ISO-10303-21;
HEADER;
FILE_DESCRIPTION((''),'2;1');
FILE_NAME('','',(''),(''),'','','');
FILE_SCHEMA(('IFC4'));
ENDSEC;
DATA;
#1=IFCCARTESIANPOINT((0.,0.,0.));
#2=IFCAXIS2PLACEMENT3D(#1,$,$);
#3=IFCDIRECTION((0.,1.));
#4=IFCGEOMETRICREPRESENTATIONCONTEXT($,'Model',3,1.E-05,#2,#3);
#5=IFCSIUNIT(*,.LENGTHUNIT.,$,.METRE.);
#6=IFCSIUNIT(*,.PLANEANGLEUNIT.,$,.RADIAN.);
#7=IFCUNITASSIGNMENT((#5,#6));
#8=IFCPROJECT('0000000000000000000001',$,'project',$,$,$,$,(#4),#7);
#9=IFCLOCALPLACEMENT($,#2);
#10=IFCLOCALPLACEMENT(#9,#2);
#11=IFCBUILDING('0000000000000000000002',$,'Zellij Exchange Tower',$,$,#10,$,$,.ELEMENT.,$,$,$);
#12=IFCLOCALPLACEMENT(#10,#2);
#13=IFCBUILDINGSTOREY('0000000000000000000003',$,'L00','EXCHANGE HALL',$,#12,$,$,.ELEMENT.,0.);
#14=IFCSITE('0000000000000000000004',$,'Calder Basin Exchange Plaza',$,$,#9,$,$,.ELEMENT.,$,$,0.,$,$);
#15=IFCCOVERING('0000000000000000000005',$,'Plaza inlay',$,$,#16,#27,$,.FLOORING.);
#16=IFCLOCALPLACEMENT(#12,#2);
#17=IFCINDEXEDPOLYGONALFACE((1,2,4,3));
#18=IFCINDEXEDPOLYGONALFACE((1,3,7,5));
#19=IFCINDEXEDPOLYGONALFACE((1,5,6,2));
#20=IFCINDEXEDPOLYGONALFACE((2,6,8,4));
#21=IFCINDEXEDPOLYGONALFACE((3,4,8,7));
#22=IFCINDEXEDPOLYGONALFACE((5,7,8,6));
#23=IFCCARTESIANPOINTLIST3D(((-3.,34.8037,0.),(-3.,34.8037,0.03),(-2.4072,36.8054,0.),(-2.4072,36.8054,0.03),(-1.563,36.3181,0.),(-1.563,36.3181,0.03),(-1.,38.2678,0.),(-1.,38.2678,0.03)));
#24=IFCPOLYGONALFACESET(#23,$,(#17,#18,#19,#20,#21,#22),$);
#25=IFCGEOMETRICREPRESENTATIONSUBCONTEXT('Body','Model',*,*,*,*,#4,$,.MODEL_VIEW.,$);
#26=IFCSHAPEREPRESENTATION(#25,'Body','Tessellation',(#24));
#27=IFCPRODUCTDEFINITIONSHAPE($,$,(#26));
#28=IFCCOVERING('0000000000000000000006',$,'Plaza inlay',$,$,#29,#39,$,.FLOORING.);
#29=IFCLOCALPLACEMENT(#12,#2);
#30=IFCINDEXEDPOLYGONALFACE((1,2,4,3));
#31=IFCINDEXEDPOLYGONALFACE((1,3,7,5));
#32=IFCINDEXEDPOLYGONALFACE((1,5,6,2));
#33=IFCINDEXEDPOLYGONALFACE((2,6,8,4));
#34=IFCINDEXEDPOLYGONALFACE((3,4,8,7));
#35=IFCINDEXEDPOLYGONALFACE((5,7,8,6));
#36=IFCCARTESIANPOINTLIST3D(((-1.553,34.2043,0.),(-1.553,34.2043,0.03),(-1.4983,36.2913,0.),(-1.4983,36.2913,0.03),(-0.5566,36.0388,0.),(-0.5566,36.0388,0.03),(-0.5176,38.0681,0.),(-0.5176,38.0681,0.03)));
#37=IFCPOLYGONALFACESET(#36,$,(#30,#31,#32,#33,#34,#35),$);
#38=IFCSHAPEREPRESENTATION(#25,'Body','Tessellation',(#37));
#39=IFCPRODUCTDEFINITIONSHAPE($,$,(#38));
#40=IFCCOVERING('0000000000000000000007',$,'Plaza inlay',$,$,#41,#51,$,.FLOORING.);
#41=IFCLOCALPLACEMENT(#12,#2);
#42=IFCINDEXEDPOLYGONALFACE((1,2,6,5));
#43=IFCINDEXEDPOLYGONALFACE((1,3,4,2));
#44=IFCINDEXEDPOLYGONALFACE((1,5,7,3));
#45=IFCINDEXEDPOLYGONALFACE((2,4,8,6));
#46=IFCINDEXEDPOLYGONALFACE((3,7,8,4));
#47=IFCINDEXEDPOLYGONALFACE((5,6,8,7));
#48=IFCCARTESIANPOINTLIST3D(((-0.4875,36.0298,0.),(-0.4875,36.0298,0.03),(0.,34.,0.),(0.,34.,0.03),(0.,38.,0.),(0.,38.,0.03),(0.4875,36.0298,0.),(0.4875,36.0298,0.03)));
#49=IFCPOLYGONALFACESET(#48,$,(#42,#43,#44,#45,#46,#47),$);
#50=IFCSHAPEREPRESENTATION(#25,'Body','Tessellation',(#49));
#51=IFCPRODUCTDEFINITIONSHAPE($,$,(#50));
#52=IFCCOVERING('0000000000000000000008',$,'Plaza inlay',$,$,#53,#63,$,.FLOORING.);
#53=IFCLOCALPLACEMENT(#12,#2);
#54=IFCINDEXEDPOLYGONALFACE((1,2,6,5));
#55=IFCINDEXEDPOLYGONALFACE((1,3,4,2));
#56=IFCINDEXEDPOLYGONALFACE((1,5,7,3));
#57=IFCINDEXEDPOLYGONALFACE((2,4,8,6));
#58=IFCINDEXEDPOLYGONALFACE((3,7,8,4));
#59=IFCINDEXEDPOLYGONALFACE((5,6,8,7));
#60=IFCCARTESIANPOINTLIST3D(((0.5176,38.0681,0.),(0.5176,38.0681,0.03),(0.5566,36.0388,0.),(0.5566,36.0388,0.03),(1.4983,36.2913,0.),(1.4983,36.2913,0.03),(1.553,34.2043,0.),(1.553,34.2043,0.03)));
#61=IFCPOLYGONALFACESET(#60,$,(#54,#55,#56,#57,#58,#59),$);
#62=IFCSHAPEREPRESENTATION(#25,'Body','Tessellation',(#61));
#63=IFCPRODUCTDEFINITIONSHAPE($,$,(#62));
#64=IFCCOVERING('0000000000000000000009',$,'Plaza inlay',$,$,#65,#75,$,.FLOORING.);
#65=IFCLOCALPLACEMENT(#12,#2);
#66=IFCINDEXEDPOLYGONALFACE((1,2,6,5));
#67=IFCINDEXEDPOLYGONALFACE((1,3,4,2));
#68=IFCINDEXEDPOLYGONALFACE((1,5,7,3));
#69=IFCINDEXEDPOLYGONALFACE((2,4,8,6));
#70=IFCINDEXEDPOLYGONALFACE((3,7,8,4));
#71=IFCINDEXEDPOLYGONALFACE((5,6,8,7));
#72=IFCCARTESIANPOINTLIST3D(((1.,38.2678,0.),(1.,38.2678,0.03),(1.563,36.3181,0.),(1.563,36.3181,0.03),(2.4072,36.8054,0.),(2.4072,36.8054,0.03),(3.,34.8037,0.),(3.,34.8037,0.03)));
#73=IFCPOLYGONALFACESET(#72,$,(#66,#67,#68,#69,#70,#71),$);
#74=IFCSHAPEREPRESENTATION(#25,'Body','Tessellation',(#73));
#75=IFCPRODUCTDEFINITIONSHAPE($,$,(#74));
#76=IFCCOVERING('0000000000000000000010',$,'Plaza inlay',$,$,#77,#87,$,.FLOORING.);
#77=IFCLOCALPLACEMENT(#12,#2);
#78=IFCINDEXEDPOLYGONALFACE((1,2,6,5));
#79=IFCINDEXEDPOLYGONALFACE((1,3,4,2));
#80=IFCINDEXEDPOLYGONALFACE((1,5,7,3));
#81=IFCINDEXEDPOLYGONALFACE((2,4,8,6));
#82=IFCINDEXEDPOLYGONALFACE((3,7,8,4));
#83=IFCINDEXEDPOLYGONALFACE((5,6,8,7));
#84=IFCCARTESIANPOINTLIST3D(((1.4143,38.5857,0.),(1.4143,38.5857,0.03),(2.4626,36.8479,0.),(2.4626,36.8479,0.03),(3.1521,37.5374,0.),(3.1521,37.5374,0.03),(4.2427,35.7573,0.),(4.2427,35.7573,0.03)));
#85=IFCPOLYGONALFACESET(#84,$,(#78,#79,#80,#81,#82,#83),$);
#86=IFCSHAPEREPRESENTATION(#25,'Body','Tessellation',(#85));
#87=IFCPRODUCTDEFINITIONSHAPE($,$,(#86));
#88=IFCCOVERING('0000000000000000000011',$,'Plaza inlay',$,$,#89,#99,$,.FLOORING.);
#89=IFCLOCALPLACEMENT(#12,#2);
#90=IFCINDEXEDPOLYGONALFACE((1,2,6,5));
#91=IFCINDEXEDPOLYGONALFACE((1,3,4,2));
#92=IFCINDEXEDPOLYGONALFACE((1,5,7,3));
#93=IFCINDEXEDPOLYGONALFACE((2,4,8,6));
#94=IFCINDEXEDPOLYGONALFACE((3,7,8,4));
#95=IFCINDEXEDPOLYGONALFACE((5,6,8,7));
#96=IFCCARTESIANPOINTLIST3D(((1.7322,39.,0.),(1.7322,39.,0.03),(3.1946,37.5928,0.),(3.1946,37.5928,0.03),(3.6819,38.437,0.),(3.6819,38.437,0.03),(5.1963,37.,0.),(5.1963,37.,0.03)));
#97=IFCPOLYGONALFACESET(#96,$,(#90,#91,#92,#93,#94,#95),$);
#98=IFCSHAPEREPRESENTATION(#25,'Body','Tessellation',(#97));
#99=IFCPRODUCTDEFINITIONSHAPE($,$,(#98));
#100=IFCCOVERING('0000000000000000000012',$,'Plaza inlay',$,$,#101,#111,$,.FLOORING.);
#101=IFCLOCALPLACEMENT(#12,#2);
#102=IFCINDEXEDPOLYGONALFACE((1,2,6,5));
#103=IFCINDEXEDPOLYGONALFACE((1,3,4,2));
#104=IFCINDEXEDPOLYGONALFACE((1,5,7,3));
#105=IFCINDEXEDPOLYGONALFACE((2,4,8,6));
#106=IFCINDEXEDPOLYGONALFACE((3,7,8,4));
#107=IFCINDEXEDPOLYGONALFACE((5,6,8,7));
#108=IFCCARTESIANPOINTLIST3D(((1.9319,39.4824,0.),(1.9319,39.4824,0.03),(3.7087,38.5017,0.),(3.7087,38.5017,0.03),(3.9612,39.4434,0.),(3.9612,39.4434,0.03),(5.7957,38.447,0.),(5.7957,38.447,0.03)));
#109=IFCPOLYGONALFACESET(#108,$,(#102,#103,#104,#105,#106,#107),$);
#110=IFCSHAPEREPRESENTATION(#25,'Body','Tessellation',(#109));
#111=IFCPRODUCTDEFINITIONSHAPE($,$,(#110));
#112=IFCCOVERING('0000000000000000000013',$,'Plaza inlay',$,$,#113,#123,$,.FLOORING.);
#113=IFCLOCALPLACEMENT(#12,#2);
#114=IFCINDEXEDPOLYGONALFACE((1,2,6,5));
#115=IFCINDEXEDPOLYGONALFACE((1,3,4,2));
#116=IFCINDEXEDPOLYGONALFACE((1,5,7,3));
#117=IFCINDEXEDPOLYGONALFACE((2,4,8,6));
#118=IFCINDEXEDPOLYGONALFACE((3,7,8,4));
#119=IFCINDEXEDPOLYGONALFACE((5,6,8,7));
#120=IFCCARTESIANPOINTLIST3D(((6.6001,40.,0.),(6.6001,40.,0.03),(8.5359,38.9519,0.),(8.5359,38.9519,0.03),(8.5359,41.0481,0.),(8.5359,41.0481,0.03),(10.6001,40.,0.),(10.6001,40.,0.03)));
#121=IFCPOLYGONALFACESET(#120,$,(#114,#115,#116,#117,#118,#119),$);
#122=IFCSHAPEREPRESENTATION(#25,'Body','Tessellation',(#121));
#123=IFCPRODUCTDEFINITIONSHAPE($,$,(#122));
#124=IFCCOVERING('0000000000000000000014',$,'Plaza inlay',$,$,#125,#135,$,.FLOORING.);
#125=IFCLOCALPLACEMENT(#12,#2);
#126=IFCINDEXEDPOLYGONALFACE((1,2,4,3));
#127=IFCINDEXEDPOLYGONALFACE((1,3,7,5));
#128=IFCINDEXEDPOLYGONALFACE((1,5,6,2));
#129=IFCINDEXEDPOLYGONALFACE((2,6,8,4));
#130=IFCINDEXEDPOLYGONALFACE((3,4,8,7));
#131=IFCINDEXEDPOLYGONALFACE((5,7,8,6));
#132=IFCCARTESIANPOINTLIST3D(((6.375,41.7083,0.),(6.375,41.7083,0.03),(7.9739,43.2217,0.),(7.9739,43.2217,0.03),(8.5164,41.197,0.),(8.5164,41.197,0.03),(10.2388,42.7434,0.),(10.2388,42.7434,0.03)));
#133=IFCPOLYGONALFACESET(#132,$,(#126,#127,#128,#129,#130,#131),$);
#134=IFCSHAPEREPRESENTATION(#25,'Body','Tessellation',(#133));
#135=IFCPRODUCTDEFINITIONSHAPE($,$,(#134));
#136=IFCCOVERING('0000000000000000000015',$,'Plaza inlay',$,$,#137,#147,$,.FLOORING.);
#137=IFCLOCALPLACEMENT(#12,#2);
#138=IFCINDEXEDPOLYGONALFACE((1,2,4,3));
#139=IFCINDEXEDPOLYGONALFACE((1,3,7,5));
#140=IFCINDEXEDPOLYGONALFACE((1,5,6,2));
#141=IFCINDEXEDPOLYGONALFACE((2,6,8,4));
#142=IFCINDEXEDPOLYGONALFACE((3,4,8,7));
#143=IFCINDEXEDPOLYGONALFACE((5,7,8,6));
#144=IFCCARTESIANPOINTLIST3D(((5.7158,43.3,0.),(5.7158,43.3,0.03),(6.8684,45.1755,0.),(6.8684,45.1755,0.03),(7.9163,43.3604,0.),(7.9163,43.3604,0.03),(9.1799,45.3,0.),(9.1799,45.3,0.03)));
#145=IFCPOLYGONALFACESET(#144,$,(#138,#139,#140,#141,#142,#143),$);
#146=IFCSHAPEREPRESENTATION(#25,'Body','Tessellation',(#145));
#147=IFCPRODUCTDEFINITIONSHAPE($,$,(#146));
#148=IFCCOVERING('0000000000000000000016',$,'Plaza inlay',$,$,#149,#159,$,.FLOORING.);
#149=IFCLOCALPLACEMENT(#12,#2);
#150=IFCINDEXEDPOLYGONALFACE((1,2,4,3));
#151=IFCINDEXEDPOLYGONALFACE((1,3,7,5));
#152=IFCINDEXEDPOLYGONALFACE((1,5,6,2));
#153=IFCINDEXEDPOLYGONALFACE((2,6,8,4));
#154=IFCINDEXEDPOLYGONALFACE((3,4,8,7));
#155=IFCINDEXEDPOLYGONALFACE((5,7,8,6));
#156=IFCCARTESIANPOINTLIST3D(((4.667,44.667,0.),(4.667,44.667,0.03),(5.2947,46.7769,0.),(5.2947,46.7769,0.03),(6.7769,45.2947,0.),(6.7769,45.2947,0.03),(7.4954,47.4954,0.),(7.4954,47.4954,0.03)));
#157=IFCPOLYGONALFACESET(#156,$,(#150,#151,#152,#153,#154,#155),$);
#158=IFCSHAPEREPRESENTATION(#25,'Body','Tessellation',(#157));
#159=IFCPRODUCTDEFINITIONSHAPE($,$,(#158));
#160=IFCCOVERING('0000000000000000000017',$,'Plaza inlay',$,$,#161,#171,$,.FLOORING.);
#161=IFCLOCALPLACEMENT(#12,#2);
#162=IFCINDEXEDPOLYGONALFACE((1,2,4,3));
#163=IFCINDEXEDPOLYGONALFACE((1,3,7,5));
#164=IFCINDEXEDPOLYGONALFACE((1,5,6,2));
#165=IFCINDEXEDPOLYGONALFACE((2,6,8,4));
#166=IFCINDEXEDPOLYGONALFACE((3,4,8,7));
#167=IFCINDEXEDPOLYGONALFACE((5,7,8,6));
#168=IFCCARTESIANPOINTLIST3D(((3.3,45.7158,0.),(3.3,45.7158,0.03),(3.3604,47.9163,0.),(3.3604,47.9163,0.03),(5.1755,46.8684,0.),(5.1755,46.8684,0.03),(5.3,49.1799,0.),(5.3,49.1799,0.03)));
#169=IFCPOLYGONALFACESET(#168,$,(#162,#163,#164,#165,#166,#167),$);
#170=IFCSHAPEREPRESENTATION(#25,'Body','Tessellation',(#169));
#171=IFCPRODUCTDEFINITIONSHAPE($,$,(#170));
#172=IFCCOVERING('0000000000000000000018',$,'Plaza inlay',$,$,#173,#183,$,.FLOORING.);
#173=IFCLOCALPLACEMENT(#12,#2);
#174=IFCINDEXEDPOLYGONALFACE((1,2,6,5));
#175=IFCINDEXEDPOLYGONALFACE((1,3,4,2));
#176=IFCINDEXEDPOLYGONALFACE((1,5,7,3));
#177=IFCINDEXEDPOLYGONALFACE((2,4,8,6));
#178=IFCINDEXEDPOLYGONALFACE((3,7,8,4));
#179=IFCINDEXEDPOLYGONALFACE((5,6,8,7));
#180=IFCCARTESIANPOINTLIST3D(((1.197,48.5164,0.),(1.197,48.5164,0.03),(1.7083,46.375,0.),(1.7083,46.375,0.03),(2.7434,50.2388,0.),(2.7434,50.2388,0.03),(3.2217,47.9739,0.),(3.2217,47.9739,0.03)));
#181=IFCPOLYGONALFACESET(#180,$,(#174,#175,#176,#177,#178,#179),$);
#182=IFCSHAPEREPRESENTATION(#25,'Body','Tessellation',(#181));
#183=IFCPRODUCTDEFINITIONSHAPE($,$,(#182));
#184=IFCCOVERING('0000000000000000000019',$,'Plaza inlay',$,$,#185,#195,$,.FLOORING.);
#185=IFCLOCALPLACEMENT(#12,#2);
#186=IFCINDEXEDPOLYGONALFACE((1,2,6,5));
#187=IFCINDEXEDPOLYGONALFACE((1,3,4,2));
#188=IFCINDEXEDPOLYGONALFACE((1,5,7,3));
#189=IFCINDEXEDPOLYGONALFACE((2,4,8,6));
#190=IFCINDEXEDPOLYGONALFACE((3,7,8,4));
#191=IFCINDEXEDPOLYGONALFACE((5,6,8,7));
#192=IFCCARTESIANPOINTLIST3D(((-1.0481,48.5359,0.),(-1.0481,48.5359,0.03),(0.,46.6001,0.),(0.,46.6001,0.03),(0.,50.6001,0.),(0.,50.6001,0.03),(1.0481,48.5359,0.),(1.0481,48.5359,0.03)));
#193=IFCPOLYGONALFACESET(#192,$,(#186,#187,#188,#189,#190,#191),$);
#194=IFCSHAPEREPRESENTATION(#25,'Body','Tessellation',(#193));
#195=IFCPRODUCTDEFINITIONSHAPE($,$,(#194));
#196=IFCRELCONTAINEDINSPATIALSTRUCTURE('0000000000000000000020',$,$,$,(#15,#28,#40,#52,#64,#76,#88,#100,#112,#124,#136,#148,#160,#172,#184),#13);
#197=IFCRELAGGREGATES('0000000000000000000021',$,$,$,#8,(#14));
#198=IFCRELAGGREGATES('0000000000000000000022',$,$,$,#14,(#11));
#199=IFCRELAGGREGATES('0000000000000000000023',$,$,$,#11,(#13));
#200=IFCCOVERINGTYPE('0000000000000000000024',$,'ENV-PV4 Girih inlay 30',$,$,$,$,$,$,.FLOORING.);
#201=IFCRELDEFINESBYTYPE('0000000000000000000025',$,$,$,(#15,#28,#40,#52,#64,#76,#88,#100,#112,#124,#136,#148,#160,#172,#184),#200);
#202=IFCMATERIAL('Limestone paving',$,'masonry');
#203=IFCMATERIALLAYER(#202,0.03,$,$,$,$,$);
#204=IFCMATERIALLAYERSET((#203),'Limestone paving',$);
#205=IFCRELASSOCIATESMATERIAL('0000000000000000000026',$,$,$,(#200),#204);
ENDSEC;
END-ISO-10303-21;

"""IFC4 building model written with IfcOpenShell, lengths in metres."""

from ifc_helpers import new_model, si_unit, direction, origin, place, context, subcontext, project, spatial, polyline, outline, extrude, material, layer, layer_set, type_object, element, save


model = new_model("IFC4")

# Units and contexts
model_context = context("Model", 3, precision=1e-05, world=origin(), true_north=direction((0.0, 1.0)))
body_context = subcontext(model_context, "Body", "Model", "MODEL_VIEW")
ifc_project = project(units=[si_unit("LENGTHUNIT", "METRE"), si_unit("PLANEANGLEUNIT", "RADIAN")], contexts=[model_context])

# Site, building, storey
site_placement = place(None, origin())
site = spatial("IfcSite", under=ifc_project, at=site_placement, Name="Calder Basin Exchange Plaza", CompositionType="ELEMENT", RefElevation=0.0)
building_placement = place(site_placement, origin())
building = spatial("IfcBuilding", under=site, at=building_placement, Name="Zellij Exchange Tower", CompositionType="ELEMENT")
storey_placement = place(building_placement, origin())
storey = spatial("IfcBuildingStorey", under=building, at=storey_placement, Name="L00", Description="EXCHANGE HALL", CompositionType="ELEMENT", Elevation=0.0)

# Coverings
ifc_material = material(Name="Limestone paving", Category="masonry")
ifc_layer = layer(ifc_material, 0.03)
ifc_layer_set = layer_set([ifc_layer], Name="Limestone paving")
covering_type = type_object("IfcCoveringType", Name="ENV-PV4 Girih inlay 30", PredefinedType="FLOORING", material=ifc_layer_set)
covering_1_placement = place(storey_placement, origin())
element("IfcCovering", 1, at=covering_1_placement, inside=storey, type_object=covering_type, Name="Plaza inlay", PredefinedType="FLOORING", context=body_context, shape_type="SweptSolid", body=[
    extrude(outline(polyline([(-1.0, 38.2678), (-1.563, 36.3181), (-3.0, 34.8037), (-2.4072, 36.8054), (-1.0, 38.2678)])), origin(), (0.0, 0.0, 1.0), 0.03),
])
covering_2_placement = place(storey_placement, origin())
element("IfcCovering", 2, at=covering_2_placement, inside=storey, type_object=covering_type, Name="Plaza inlay", PredefinedType="FLOORING", context=body_context, shape_type="SweptSolid", body=[
    extrude(outline(polyline([(-0.5176, 38.0681), (-0.5566, 36.0388), (-1.553, 34.2043), (-1.4983, 36.2913), (-0.5176, 38.0681)])), origin(), (0.0, 0.0, 1.0), 0.03),
])
covering_3_placement = place(storey_placement, origin())
element("IfcCovering", 3, at=covering_3_placement, inside=storey, type_object=covering_type, Name="Plaza inlay", PredefinedType="FLOORING", context=body_context, shape_type="SweptSolid", body=[
    extrude(outline(polyline([(0.0, 38.0), (0.4875, 36.0298), (0.0, 34.0), (-0.4875, 36.0298), (0.0, 38.0)])), origin(), (0.0, 0.0, 1.0), 0.03),
])
covering_4_placement = place(storey_placement, origin())
element("IfcCovering", 4, at=covering_4_placement, inside=storey, type_object=covering_type, Name="Plaza inlay", PredefinedType="FLOORING", context=body_context, shape_type="SweptSolid", body=[
    extrude(outline(polyline([(0.5176, 38.0681), (1.4983, 36.2913), (1.553, 34.2043), (0.5566, 36.0388), (0.5176, 38.0681)])), origin(), (0.0, 0.0, 1.0), 0.03),
])
covering_5_placement = place(storey_placement, origin())
element("IfcCovering", 5, at=covering_5_placement, inside=storey, type_object=covering_type, Name="Plaza inlay", PredefinedType="FLOORING", context=body_context, shape_type="SweptSolid", body=[
    extrude(outline(polyline([(1.0, 38.2678), (2.4072, 36.8054), (3.0, 34.8037), (1.563, 36.3181), (1.0, 38.2678)])), origin(), (0.0, 0.0, 1.0), 0.03),
])
covering_6_placement = place(storey_placement, origin())
element("IfcCovering", 6, at=covering_6_placement, inside=storey, type_object=covering_type, Name="Plaza inlay", PredefinedType="FLOORING", context=body_context, shape_type="SweptSolid", body=[
    extrude(outline(polyline([(1.4143, 38.5857), (3.1521, 37.5374), (4.2427, 35.7573), (2.4626, 36.8479), (1.4143, 38.5857)])), origin(), (0.0, 0.0, 1.0), 0.03),
])
covering_7_placement = place(storey_placement, origin())
element("IfcCovering", 7, at=covering_7_placement, inside=storey, type_object=covering_type, Name="Plaza inlay", PredefinedType="FLOORING", context=body_context, shape_type="SweptSolid", body=[
    extrude(outline(polyline([(1.7322, 39.0), (3.6819, 38.437), (5.1963, 37.0), (3.1946, 37.5928), (1.7322, 39.0)])), origin(), (0.0, 0.0, 1.0), 0.03),
])
covering_8_placement = place(storey_placement, origin())
element("IfcCovering", 8, at=covering_8_placement, inside=storey, type_object=covering_type, Name="Plaza inlay", PredefinedType="FLOORING", context=body_context, shape_type="SweptSolid", body=[
    extrude(outline(polyline([(1.9319, 39.4824), (3.9612, 39.4434), (5.7957, 38.447), (3.7087, 38.5017), (1.9319, 39.4824)])), origin(), (0.0, 0.0, 1.0), 0.03),
])
covering_9_placement = place(storey_placement, origin())
element("IfcCovering", 9, at=covering_9_placement, inside=storey, type_object=covering_type, Name="Plaza inlay", PredefinedType="FLOORING", context=body_context, shape_type="SweptSolid", body=[
    extrude(outline(polyline([(6.6001, 40.0), (8.5359, 41.0481), (10.6001, 40.0), (8.5359, 38.9519), (6.6001, 40.0)])), origin(), (0.0, 0.0, 1.0), 0.03),
])
covering_10_placement = place(storey_placement, origin())
element("IfcCovering", 10, at=covering_10_placement, inside=storey, type_object=covering_type, Name="Plaza inlay", PredefinedType="FLOORING", context=body_context, shape_type="SweptSolid", body=[
    extrude(outline(polyline([(6.375, 41.7083), (7.9739, 43.2217), (10.2388, 42.7434), (8.5164, 41.197), (6.375, 41.7083)])), origin(), (0.0, 0.0, 1.0), 0.03),
])
covering_11_placement = place(storey_placement, origin())
element("IfcCovering", 11, at=covering_11_placement, inside=storey, type_object=covering_type, Name="Plaza inlay", PredefinedType="FLOORING", context=body_context, shape_type="SweptSolid", body=[
    extrude(outline(polyline([(5.7158, 43.3), (6.8684, 45.1755), (9.1799, 45.3), (7.9163, 43.3604), (5.7158, 43.3)])), origin(), (0.0, 0.0, 1.0), 0.03),
])
covering_12_placement = place(storey_placement, origin())
element("IfcCovering", 12, at=covering_12_placement, inside=storey, type_object=covering_type, Name="Plaza inlay", PredefinedType="FLOORING", context=body_context, shape_type="SweptSolid", body=[
    extrude(outline(polyline([(4.667, 44.667), (5.2947, 46.7769), (7.4954, 47.4954), (6.7769, 45.2947), (4.667, 44.667)])), origin(), (0.0, 0.0, 1.0), 0.03),
])
covering_13_placement = place(storey_placement, origin())
element("IfcCovering", 13, at=covering_13_placement, inside=storey, type_object=covering_type, Name="Plaza inlay", PredefinedType="FLOORING", context=body_context, shape_type="SweptSolid", body=[
    extrude(outline(polyline([(3.3, 45.7158), (3.3604, 47.9163), (5.3, 49.1799), (5.1755, 46.8684), (3.3, 45.7158)])), origin(), (0.0, 0.0, 1.0), 0.03),
])
covering_14_placement = place(storey_placement, origin())
element("IfcCovering", 14, at=covering_14_placement, inside=storey, type_object=covering_type, Name="Plaza inlay", PredefinedType="FLOORING", context=body_context, shape_type="SweptSolid", body=[
    extrude(outline(polyline([(1.7083, 46.375), (1.197, 48.5164), (2.7434, 50.2388), (3.2217, 47.9739), (1.7083, 46.375)])), origin(), (0.0, 0.0, 1.0), 0.03),
])
covering_15_placement = place(storey_placement, origin())
element("IfcCovering", 15, at=covering_15_placement, inside=storey, type_object=covering_type, Name="Plaza inlay", PredefinedType="FLOORING", context=body_context, shape_type="SweptSolid", body=[
    extrude(outline(polyline([(0.0, 46.6001), (-1.0481, 48.5359), (0.0, 50.6001), (1.0481, 48.5359), (0.0, 46.6001)])), origin(), (0.0, 0.0, 1.0), 0.03),
])

save(model, "model.ifc")
